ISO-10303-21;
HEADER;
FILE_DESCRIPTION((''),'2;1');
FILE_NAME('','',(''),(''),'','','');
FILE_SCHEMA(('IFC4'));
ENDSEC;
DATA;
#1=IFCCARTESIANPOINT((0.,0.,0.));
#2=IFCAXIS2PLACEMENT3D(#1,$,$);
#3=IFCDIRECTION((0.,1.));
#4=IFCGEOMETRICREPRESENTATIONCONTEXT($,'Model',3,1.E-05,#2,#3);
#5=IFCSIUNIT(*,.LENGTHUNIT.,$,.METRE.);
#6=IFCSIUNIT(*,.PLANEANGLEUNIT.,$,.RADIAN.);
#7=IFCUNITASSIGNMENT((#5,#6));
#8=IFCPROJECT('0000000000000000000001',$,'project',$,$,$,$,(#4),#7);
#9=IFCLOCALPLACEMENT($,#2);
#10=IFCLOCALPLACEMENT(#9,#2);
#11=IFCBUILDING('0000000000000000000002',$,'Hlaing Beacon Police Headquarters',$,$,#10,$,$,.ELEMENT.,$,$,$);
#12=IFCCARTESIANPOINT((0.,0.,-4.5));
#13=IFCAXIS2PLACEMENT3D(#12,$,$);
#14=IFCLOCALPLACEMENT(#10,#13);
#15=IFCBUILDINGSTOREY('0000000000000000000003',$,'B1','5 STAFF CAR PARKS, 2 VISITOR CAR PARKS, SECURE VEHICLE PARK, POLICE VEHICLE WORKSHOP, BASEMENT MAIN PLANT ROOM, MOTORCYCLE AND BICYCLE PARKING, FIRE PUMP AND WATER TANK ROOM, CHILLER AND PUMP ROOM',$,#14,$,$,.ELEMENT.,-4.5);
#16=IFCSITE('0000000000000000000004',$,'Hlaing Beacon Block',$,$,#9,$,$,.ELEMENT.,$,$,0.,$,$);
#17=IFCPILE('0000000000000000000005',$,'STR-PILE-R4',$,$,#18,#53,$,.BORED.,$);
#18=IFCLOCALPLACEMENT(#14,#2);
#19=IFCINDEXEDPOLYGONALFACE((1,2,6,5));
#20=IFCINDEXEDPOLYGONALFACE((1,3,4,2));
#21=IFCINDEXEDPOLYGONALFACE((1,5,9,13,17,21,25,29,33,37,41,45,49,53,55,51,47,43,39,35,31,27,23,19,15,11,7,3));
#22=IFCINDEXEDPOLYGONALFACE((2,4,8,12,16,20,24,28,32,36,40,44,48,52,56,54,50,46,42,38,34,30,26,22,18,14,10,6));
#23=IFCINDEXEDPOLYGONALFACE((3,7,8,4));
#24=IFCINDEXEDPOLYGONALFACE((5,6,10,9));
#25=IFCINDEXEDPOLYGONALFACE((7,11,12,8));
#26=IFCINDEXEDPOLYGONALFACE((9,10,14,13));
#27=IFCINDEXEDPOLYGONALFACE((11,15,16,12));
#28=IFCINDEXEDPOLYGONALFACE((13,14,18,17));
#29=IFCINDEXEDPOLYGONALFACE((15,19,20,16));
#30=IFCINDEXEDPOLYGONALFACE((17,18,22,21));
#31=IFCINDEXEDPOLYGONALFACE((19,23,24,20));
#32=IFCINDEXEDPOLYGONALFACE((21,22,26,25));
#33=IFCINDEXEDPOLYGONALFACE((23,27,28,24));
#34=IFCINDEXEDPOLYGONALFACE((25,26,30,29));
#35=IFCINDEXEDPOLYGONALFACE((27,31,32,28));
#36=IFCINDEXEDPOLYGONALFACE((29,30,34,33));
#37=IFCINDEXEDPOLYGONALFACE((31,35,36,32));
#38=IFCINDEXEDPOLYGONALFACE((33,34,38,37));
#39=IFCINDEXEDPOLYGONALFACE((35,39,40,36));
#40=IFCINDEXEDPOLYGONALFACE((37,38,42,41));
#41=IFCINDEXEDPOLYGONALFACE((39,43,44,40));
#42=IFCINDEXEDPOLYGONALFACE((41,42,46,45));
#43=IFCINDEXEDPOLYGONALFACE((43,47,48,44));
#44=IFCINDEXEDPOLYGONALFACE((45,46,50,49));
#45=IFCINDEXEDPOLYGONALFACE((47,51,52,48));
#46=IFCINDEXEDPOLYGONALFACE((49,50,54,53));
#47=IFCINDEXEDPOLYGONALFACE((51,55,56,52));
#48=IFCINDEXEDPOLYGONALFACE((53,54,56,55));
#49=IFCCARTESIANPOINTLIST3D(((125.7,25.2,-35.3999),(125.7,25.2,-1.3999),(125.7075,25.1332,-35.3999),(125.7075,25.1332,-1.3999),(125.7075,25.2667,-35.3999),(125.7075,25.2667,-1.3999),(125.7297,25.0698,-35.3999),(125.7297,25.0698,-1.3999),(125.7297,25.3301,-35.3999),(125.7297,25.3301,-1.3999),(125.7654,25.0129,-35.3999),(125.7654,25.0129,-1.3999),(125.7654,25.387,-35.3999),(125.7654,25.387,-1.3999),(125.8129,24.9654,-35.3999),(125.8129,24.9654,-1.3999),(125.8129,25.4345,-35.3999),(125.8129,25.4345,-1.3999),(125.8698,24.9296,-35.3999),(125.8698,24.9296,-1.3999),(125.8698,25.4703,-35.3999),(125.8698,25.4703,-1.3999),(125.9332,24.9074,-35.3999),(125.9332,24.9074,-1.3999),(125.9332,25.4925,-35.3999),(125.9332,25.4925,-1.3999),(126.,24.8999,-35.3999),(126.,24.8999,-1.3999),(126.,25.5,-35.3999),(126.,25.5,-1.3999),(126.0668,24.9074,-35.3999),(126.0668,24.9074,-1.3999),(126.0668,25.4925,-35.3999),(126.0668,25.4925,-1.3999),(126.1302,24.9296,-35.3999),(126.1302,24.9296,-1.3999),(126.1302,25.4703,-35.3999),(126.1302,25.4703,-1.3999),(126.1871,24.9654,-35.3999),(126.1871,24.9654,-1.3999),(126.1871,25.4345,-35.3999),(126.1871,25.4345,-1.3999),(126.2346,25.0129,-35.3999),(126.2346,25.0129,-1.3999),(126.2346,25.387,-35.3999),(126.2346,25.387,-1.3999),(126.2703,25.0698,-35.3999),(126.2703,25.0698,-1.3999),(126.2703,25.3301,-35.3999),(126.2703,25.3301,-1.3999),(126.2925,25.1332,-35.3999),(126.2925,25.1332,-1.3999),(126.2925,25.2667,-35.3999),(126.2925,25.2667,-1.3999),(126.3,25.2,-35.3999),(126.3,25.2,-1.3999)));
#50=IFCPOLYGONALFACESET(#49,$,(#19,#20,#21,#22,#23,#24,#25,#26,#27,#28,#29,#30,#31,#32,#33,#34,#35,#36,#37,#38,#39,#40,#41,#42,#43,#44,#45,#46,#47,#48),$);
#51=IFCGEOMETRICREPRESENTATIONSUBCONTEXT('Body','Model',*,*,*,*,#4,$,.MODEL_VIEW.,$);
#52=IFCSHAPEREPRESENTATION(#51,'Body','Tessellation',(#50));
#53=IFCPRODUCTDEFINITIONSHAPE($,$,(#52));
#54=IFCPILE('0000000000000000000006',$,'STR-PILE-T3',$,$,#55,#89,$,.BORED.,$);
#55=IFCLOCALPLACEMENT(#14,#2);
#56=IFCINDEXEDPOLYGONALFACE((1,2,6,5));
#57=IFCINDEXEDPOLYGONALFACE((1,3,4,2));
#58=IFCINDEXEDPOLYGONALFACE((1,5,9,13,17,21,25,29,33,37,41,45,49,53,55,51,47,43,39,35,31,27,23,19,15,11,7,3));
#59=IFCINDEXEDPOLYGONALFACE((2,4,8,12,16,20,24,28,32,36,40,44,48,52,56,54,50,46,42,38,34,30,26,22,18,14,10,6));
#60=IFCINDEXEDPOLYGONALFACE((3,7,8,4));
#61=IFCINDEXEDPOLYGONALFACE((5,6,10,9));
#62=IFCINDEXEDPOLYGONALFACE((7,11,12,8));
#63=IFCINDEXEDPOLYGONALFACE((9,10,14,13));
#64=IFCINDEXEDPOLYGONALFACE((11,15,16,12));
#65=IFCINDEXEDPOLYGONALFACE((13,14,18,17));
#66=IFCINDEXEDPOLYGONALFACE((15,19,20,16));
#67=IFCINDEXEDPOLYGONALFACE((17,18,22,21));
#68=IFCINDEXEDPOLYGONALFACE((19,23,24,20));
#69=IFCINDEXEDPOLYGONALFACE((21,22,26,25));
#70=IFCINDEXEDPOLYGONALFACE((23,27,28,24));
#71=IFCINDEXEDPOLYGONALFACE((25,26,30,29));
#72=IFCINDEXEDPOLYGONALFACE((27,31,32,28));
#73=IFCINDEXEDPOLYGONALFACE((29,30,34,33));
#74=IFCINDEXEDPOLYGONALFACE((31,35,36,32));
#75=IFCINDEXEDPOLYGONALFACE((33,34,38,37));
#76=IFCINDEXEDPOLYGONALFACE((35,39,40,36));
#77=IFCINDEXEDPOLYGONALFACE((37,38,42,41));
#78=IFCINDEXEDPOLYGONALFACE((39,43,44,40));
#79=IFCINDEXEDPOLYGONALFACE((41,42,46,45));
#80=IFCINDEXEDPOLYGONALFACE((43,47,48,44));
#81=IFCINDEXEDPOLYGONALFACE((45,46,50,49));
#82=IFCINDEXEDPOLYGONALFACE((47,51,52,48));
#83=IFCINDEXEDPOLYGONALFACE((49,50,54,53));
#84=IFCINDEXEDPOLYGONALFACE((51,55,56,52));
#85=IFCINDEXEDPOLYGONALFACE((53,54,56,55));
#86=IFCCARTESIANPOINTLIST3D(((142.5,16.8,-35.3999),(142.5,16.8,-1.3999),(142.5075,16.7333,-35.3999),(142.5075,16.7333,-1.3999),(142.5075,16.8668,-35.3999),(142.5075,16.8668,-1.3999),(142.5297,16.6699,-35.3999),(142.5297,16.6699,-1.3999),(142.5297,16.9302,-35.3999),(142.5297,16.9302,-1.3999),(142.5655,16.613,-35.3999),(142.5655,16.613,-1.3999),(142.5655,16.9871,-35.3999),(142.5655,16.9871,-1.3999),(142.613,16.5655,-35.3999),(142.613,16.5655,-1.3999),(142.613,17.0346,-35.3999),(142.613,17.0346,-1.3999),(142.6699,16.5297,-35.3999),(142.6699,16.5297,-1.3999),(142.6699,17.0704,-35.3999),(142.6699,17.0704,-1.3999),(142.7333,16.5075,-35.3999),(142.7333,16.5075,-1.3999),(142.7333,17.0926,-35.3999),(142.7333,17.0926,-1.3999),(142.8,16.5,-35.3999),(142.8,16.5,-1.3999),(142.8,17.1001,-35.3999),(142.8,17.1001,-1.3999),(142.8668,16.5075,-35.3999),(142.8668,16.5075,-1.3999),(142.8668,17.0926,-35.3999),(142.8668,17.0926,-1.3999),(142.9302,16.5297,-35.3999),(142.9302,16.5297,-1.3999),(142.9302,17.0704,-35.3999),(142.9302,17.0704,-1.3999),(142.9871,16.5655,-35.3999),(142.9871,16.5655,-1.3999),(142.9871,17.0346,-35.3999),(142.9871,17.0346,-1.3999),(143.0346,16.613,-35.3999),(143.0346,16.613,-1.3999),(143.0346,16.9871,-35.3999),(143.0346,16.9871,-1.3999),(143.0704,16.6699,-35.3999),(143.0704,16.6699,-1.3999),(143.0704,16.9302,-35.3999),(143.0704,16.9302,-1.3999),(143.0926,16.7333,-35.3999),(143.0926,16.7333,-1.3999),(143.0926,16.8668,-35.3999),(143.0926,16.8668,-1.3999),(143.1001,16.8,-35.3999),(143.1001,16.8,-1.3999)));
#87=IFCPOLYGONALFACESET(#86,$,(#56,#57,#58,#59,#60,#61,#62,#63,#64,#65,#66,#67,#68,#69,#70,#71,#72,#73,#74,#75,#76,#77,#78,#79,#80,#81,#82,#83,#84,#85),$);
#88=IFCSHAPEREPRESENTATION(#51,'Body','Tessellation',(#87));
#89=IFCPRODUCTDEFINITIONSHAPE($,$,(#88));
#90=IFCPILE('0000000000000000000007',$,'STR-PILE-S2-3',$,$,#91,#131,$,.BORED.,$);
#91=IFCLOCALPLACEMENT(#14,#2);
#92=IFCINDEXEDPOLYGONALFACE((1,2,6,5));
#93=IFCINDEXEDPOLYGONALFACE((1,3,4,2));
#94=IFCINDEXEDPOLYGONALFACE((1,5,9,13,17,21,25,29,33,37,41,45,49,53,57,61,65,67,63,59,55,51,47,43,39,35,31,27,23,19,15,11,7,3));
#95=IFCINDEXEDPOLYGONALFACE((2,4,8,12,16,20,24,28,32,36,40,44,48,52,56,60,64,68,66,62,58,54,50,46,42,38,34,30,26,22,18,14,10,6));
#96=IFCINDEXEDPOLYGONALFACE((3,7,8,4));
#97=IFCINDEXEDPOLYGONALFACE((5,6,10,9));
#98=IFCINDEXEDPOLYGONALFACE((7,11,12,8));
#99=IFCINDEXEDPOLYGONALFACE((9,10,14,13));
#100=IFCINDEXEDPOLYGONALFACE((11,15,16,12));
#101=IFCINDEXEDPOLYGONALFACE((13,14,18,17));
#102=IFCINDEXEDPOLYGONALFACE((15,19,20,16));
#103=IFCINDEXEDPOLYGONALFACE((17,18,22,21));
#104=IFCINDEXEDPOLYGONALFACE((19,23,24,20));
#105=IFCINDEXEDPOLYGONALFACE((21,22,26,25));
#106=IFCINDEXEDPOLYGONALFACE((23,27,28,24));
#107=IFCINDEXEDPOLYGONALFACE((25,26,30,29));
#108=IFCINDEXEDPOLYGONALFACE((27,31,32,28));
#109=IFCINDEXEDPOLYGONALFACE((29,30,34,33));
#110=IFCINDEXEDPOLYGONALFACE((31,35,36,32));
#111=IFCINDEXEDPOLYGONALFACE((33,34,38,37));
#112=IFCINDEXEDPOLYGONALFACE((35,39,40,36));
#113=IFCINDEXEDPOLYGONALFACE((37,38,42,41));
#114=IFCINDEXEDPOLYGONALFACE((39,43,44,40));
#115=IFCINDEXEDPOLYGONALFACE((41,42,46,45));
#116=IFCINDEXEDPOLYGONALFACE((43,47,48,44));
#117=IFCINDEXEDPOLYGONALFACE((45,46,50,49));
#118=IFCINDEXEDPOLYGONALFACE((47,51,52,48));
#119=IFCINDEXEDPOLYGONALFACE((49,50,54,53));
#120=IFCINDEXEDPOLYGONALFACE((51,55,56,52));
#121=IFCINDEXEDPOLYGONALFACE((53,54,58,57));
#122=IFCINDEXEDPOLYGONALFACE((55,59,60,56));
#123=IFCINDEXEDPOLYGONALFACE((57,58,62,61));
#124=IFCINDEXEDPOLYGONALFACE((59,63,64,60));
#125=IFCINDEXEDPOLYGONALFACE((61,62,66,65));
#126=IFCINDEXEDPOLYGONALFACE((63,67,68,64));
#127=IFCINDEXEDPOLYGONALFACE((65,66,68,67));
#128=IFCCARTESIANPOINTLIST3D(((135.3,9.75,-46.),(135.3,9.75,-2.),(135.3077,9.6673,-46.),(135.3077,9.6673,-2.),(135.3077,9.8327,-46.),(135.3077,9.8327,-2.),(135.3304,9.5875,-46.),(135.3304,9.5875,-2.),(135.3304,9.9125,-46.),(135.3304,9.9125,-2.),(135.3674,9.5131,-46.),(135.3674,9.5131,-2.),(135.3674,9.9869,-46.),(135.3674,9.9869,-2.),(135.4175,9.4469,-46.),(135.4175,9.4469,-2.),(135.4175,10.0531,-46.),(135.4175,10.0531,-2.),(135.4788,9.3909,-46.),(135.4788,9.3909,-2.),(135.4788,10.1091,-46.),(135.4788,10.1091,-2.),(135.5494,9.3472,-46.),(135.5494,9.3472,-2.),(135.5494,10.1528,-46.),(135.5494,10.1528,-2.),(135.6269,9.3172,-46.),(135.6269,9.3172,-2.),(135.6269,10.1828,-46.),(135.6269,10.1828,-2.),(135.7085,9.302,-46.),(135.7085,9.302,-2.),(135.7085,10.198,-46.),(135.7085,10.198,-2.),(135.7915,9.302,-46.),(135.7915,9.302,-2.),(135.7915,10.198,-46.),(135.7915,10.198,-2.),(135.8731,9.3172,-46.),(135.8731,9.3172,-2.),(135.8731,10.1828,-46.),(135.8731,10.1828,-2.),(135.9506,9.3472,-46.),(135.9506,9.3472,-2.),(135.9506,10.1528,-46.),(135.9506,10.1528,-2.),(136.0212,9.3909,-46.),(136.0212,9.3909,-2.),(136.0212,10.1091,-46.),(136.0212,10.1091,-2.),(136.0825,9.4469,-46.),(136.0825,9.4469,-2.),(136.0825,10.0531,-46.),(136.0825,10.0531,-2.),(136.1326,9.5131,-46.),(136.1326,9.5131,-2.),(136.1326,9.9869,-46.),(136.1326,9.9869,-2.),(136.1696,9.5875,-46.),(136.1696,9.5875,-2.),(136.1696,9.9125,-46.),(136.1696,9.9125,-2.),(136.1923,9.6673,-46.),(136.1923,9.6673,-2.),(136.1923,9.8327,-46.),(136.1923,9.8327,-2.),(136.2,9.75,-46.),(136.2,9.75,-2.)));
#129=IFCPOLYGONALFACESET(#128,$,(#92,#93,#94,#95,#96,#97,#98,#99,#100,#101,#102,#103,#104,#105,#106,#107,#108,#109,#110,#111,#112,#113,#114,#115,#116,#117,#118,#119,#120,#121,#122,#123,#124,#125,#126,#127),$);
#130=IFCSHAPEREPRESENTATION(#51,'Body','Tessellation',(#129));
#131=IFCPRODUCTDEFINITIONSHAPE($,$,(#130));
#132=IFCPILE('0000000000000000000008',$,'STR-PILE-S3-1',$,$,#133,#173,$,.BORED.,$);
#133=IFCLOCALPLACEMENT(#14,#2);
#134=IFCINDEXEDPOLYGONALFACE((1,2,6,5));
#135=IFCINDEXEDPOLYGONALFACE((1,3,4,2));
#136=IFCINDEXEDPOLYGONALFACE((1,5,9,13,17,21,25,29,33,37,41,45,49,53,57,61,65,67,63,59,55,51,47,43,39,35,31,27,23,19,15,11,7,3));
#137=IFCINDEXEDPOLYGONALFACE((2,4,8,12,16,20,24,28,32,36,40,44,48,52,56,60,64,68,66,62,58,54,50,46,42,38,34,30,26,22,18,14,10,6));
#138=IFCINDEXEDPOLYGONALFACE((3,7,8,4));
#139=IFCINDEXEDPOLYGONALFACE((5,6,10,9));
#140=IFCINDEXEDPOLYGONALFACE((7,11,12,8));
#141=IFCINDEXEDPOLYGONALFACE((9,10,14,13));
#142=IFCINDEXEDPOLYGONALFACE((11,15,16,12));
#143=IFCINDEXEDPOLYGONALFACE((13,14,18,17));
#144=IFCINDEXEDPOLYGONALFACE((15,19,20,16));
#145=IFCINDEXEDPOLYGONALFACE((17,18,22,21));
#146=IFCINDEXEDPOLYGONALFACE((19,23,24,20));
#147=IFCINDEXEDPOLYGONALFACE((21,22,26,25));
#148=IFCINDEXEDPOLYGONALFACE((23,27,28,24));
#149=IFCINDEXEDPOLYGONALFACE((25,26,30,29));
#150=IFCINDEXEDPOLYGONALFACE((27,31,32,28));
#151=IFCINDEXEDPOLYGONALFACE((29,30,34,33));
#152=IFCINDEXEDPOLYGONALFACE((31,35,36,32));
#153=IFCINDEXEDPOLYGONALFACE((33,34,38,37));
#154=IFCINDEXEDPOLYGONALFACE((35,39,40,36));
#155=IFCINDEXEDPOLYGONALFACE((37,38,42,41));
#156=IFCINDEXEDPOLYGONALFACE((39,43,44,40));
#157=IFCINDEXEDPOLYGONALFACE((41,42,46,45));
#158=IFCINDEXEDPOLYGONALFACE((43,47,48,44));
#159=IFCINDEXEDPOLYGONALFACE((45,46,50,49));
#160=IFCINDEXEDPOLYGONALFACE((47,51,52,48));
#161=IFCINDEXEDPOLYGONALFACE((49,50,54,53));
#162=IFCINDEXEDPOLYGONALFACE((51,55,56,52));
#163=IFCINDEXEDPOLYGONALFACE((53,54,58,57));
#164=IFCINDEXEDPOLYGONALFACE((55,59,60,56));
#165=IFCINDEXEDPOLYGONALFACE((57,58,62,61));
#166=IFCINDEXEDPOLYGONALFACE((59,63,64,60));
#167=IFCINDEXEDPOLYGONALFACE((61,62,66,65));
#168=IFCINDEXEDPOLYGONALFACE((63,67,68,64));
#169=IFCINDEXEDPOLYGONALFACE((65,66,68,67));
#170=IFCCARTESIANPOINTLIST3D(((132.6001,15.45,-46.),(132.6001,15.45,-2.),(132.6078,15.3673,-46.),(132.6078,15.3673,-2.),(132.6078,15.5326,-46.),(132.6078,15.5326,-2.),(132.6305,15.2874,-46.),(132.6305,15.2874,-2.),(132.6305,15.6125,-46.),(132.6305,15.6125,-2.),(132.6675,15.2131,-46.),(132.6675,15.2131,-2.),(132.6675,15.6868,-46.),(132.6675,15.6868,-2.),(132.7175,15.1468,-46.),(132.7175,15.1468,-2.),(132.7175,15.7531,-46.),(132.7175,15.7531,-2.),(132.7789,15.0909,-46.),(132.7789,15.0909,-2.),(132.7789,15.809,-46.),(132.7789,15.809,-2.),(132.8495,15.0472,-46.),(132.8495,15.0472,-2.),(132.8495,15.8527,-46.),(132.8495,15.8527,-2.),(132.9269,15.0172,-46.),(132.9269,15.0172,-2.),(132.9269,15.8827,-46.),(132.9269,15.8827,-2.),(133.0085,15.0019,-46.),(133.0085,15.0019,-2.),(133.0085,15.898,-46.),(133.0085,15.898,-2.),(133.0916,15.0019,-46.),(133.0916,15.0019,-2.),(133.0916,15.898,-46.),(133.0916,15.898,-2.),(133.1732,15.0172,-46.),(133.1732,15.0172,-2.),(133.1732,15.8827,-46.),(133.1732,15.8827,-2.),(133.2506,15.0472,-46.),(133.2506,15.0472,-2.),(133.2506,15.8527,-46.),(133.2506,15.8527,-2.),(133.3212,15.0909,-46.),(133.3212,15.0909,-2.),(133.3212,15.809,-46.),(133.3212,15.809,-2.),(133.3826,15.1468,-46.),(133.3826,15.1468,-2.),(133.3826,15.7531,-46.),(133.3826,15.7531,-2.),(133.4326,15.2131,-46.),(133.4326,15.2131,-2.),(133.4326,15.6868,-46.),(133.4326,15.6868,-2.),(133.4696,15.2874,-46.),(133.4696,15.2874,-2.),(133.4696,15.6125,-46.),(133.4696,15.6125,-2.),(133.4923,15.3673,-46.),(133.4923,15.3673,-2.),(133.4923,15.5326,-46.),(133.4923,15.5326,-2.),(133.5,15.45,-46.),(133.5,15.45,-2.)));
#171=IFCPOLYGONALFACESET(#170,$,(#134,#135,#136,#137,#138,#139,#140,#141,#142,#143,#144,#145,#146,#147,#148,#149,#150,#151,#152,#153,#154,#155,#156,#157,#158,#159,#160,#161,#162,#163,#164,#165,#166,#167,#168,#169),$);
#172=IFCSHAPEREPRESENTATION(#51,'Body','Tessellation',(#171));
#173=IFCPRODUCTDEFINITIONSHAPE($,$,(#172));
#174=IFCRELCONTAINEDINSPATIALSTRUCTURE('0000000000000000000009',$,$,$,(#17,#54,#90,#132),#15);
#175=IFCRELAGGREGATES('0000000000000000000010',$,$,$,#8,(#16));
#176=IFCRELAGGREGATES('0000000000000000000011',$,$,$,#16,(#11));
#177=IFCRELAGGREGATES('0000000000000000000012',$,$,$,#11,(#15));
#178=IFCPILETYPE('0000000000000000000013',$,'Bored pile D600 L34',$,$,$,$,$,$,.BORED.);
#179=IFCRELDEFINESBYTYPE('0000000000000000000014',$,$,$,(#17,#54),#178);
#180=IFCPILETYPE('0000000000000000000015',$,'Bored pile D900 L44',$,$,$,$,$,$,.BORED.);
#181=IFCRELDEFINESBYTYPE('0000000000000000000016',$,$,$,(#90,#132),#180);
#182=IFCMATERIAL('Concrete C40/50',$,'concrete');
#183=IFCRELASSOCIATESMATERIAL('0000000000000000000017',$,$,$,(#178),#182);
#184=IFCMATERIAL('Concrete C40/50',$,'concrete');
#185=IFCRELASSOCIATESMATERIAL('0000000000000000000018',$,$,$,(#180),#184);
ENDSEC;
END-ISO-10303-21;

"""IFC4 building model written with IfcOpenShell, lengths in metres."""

from ifc_helpers import new_model, si_unit, direction, frame, origin, origin_2d, place, context, subcontext, project, spatial, circle, extrude, material, material_profile, profile_set, type_object, element, save


model = new_model("IFC4")

# Units and contexts
model_context = context("Model", 3, precision=1e-05, world=origin(), true_north=direction((0.0, 1.0)))
body_context = subcontext(model_context, "Body", "Model", "MODEL_VIEW")
ifc_project = project(units=[si_unit("LENGTHUNIT", "METRE"), si_unit("PLANEANGLEUNIT", "RADIAN")], contexts=[model_context])

# Site, building, storey
site_placement = place(None, origin())
site = spatial("IfcSite", under=ifc_project, at=site_placement, Name="Hlaing Beacon Block", CompositionType="ELEMENT", RefElevation=0.0)
building_placement = place(site_placement, origin())
building = spatial("IfcBuilding", under=site, at=building_placement, Name="Hlaing Beacon Police Headquarters", CompositionType="ELEMENT")
storey_placement = place(building_placement, frame((0.0, 0.0, -4.5)))
storey = spatial("IfcBuildingStorey", under=building, at=storey_placement, Name="B1", Description="5 STAFF CAR PARKS, 2 VISITOR CAR PARKS, SECURE VEHICLE PARK, POLICE VEHICLE WORKSHOP, BASEMENT MAIN PLANT ROOM, MOTORCYCLE AND BICYCLE PARKING, FIRE PUMP AND WATER TANK ROOM, CHILLER AND PUMP ROOM", CompositionType="ELEMENT", Elevation=-4.5)

# Piles
ifc_material_1 = material(Name="Concrete C40/50", Category="concrete")
ifc_material_profile_1 = material_profile(ifc_material_1, circle(Radius=0.3, at=origin_2d()), Name="D600")
ifc_profile_set_1 = profile_set([ifc_material_profile_1], Name="Concrete C40/50")
pile_type_1 = type_object("IfcPileType", Name="Bored pile D600 L34", PredefinedType="BORED", material=ifc_profile_set_1)
for number, where, z_axis, x_axis, name in (
    (1, (126.0, 25.2, -1.3999), (0.0, 0.0, -1.0), (1.0, 0.0, 0.0), "STR-PILE-R4"),
    (2, (142.8, 16.8, -1.3999), (0.0, 0.0, -1.0), (1.0, 0.0, 0.0), "STR-PILE-T3"),
):
    element("IfcPile", number, at=place(storey_placement, frame(where, z_axis=z_axis, x_axis=x_axis)), inside=storey, type_object=pile_type_1, Name=name, PredefinedType="BORED", context=body_context, shape_type="SweptSolid", body=[
        extrude(circle(Radius=0.3, at=origin_2d()), origin(), (0.0, 0.0, 1.0), 34.0),
    ])
ifc_material_2 = material(Name="Concrete C40/50", Category="concrete")
ifc_material_profile_2 = material_profile(ifc_material_2, circle(Radius=0.45, at=origin_2d()), Name="D900")
ifc_profile_set_2 = profile_set([ifc_material_profile_2], Name="Concrete C40/50")
pile_type_2 = type_object("IfcPileType", Name="Bored pile D900 L44", PredefinedType="BORED", material=ifc_profile_set_2)
for number, where, z_axis, x_axis, name in (
    (3, (135.75, 9.75, -2.0), (0.0, 0.0, -1.0), (1.0, 0.0, 0.0), "STR-PILE-S2-3"),
    (4, (133.05, 15.45, -2.0), (0.0, 0.0, -1.0), (1.0, 0.0, 0.0), "STR-PILE-S3-1"),
):
    element("IfcPile", number, at=place(storey_placement, frame(where, z_axis=z_axis, x_axis=x_axis)), inside=storey, type_object=pile_type_2, Name=name, PredefinedType="BORED", context=body_context, shape_type="SweptSolid", body=[
        extrude(circle(Radius=0.45, at=origin_2d()), origin(), (0.0, 0.0, 1.0), 44.0),
    ])

save(model, "model.ifc")
